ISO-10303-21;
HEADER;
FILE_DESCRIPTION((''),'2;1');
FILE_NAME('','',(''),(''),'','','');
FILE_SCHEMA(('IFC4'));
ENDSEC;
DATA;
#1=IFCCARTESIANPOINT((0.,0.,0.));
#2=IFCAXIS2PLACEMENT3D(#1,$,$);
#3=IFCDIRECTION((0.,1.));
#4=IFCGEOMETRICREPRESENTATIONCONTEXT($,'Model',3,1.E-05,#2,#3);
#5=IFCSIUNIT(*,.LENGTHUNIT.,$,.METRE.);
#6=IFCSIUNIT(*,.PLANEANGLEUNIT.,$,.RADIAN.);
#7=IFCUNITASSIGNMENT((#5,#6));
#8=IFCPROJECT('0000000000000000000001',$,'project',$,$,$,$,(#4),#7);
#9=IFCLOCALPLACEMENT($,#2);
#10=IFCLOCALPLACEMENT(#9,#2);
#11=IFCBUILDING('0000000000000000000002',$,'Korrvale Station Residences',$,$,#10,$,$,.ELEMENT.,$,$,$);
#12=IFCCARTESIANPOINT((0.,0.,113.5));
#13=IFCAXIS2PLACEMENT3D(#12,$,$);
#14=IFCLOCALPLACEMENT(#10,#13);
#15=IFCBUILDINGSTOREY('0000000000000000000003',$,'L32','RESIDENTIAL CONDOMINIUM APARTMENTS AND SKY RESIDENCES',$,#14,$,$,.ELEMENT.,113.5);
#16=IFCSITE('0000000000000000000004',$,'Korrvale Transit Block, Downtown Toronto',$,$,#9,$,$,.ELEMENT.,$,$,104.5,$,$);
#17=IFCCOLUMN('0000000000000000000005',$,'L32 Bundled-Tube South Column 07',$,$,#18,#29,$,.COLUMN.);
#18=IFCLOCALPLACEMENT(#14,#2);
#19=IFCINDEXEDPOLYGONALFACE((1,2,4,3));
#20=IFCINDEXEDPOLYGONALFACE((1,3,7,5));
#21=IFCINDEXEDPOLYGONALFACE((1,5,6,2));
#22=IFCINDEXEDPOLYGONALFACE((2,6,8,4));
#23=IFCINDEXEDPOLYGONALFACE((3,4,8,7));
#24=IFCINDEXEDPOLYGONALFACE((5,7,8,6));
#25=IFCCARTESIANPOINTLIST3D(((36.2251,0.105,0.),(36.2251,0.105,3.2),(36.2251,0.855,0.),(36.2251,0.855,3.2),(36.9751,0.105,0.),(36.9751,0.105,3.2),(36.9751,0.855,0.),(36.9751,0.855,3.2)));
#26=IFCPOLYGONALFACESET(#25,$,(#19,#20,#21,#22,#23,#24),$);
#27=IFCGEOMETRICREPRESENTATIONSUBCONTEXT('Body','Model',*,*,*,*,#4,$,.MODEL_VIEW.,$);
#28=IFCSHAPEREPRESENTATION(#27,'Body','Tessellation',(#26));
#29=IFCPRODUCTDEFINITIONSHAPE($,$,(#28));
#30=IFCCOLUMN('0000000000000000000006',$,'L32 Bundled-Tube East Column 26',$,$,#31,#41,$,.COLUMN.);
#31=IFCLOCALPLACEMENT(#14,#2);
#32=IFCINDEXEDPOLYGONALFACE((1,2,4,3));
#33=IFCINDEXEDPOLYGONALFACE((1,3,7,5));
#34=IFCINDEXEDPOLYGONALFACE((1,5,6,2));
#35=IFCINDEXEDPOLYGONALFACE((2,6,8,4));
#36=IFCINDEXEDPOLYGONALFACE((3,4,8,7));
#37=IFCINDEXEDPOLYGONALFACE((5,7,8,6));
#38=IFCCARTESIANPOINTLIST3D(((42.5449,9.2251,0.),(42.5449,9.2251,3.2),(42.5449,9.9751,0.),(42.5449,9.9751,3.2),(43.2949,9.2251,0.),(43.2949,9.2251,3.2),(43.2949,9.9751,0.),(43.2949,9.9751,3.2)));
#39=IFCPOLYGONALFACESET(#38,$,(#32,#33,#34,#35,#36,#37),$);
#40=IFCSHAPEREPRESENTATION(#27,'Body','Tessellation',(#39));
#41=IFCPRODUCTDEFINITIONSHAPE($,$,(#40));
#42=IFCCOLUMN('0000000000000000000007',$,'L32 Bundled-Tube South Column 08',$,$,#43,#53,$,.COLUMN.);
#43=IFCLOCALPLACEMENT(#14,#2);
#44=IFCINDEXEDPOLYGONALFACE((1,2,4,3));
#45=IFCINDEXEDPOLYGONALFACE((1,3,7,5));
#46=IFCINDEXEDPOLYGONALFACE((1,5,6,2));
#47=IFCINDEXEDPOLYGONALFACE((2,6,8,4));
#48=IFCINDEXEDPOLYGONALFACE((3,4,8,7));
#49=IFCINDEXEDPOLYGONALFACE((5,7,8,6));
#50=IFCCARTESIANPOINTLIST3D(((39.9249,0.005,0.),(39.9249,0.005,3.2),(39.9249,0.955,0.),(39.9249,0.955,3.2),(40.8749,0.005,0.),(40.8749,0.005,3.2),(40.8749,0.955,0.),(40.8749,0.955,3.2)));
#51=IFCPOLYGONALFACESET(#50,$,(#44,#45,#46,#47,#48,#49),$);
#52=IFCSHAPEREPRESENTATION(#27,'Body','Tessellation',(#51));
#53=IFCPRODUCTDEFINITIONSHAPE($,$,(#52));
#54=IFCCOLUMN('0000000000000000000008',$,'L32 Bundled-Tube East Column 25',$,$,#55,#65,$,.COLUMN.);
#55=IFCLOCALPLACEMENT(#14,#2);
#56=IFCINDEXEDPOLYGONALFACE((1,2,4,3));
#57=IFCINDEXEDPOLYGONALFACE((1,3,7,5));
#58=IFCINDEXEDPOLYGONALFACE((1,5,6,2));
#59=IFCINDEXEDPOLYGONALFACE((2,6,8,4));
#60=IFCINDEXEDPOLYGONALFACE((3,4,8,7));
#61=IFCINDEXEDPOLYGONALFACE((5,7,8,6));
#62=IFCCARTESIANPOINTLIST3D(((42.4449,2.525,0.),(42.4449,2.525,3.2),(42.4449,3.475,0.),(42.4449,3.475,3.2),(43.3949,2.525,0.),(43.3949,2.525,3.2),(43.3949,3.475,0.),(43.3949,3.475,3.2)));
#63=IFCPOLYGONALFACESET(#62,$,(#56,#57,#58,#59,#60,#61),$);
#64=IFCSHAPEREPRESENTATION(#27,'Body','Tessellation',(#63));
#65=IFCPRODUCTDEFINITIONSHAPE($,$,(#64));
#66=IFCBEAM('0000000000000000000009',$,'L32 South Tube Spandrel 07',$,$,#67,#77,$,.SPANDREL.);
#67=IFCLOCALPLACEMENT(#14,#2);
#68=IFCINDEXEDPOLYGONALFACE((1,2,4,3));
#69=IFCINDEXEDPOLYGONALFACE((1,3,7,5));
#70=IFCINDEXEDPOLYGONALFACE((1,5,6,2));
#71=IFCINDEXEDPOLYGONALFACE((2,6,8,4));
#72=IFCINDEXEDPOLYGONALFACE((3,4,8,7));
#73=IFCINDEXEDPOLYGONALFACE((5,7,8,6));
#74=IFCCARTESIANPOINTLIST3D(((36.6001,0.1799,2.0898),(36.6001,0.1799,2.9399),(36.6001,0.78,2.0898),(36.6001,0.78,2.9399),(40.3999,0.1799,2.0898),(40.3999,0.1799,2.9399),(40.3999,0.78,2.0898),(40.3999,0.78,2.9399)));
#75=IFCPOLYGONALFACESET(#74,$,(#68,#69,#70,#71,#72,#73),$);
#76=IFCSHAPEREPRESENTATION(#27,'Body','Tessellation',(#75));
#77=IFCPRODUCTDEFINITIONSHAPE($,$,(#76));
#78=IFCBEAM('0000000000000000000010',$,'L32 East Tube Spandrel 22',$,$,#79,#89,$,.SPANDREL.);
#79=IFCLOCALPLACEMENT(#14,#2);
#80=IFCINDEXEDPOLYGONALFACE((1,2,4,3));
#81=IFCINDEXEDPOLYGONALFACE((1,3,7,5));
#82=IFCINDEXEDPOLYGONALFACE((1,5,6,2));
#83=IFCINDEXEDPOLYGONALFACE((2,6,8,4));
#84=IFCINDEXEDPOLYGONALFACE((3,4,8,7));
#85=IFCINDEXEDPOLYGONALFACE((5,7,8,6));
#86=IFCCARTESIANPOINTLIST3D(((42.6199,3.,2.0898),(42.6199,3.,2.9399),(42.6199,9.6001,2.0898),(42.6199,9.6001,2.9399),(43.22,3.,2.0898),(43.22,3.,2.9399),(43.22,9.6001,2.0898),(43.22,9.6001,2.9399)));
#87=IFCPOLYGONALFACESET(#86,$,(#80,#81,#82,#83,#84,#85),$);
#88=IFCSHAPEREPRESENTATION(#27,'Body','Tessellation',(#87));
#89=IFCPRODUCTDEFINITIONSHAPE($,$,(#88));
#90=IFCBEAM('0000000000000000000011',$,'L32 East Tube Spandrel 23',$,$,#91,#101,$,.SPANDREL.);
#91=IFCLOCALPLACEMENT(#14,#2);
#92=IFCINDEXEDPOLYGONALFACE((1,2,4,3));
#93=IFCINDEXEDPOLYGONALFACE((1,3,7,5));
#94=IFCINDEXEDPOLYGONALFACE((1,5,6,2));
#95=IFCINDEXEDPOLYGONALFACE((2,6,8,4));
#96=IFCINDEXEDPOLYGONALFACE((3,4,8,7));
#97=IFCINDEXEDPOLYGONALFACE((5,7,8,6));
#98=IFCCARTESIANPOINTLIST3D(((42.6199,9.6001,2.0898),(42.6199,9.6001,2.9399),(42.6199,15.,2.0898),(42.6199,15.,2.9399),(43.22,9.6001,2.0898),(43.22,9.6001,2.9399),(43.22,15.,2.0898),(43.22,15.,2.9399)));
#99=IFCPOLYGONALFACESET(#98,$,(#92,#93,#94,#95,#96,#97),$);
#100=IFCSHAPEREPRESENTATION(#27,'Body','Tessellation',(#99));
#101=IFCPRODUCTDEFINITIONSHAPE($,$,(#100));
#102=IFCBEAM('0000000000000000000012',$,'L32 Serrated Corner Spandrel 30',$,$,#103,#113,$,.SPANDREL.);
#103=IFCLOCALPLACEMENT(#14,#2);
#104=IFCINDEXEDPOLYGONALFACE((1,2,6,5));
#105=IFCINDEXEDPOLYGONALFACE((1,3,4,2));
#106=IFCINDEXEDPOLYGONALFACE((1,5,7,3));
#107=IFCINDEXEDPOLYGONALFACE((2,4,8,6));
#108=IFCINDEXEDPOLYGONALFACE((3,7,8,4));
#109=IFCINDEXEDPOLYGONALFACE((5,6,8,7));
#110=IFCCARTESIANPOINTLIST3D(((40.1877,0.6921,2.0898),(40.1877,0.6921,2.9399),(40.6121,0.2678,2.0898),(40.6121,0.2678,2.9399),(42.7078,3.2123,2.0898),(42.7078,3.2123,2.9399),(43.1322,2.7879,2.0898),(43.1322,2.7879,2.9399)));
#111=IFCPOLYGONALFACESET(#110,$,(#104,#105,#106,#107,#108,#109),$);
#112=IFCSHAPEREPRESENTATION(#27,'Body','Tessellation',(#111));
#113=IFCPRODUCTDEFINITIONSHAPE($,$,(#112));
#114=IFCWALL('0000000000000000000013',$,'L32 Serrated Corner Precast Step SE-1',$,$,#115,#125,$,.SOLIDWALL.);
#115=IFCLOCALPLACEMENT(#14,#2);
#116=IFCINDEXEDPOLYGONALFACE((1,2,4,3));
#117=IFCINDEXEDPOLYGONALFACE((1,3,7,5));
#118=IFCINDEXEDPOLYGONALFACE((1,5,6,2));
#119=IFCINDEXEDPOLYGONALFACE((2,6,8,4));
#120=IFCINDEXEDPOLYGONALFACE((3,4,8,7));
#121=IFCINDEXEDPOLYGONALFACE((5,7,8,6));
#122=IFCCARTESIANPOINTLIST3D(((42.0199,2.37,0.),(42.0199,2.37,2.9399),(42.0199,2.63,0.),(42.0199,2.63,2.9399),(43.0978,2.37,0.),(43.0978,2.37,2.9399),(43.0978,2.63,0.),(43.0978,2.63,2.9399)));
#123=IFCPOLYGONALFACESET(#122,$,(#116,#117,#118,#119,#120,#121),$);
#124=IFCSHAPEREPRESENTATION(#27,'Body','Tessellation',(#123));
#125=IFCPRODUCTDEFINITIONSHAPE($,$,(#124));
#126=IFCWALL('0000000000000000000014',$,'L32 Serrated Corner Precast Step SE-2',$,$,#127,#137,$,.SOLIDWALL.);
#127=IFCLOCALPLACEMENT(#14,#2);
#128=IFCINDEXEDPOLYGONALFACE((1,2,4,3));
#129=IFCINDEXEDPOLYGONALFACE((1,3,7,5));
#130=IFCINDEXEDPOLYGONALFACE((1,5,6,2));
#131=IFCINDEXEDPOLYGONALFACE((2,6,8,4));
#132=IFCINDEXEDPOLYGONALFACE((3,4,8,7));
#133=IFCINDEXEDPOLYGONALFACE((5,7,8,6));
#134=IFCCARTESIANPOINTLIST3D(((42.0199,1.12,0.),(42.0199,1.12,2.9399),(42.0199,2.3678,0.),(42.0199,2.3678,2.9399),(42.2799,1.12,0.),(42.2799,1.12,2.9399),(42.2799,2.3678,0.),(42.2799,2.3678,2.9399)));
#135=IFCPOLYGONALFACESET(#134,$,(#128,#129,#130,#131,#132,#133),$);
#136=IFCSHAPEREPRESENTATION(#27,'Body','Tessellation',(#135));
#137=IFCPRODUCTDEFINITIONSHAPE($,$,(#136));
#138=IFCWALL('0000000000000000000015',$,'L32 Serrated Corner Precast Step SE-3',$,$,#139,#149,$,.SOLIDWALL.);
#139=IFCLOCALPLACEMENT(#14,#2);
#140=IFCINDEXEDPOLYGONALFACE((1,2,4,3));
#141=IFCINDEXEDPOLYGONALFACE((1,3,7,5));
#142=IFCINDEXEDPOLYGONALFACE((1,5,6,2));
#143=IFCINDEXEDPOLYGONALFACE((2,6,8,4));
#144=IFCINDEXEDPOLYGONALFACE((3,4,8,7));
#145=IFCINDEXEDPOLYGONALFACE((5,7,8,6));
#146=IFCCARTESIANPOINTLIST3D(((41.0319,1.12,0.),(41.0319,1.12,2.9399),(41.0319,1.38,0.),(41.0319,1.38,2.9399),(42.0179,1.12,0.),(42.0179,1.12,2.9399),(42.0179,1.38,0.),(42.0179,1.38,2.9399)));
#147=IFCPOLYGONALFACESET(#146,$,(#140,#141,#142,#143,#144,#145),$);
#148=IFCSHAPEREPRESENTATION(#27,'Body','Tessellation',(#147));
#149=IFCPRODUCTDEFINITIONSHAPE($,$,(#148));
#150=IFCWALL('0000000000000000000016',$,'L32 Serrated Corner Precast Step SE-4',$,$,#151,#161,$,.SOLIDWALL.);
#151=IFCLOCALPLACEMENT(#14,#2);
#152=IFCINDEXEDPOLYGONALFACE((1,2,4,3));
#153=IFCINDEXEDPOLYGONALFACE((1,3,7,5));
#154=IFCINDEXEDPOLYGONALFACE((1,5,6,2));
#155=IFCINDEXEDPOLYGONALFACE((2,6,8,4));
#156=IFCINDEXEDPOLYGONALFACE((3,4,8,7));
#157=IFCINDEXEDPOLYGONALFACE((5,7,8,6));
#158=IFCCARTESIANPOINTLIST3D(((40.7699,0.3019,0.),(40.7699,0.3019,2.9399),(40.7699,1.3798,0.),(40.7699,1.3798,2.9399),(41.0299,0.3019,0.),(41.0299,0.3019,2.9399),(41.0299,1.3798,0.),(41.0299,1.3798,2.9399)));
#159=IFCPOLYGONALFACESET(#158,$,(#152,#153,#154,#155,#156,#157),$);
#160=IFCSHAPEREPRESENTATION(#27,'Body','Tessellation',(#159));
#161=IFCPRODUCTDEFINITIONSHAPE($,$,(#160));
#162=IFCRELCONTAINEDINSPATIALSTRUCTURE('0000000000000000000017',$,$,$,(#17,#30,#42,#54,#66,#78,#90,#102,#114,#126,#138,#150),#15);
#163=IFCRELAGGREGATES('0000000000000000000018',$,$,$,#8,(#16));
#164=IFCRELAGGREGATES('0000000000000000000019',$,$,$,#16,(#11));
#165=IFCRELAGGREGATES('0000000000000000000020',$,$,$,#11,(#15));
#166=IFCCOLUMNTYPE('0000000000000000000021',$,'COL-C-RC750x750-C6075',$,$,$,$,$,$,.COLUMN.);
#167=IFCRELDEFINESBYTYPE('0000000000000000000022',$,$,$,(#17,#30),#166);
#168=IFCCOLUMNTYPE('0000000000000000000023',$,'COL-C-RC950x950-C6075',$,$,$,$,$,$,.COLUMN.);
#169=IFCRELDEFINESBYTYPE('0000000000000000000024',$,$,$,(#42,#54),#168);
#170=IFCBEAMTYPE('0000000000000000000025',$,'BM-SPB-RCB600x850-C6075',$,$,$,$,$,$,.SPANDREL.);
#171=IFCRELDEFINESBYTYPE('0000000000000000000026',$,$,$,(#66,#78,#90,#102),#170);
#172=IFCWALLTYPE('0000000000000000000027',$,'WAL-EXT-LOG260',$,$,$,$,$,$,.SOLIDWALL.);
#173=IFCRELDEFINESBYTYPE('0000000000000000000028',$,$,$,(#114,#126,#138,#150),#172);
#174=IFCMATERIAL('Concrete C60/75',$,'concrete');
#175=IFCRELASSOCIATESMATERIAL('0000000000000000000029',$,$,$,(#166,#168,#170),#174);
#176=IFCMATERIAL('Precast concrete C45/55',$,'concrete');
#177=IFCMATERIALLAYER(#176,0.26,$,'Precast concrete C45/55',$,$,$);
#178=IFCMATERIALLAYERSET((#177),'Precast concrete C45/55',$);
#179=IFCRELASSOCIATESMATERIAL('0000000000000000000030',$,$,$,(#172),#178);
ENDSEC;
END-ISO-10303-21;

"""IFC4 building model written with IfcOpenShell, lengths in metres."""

from ifc_helpers import new_model, si_unit, direction, frame, frame_2d, origin, origin_2d, place, context, subcontext, project, spatial, rectangle, extrude, material, layer, layer_set, material_profile, profile_set, type_object, element, save


model = new_model("IFC4")

# Units and contexts
model_context = context("Model", 3, precision=1e-05, world=origin(), true_north=direction((0.0, 1.0)))
body_context = subcontext(model_context, "Body", "Model", "MODEL_VIEW")
ifc_project = project(units=[si_unit("LENGTHUNIT", "METRE"), si_unit("PLANEANGLEUNIT", "RADIAN")], contexts=[model_context])

# Site, building, storey
site_placement = place(None, origin())
site = spatial("IfcSite", under=ifc_project, at=site_placement, Name="Korrvale Transit Block, Downtown Toronto", CompositionType="ELEMENT", RefElevation=104.5)
building_placement = place(site_placement, origin())
building = spatial("IfcBuilding", under=site, at=building_placement, Name="Korrvale Station Residences", CompositionType="ELEMENT")
storey_placement = place(building_placement, frame((0.0, 0.0, 113.5)))
storey = spatial("IfcBuildingStorey", under=building, at=storey_placement, Name="L32", Description="RESIDENTIAL CONDOMINIUM APARTMENTS AND SKY RESIDENCES", CompositionType="ELEMENT", Elevation=113.5)

# Columns
ifc_material_1 = material(Name="Concrete C60/75", Category="concrete")
ifc_material_profile_1 = material_profile(ifc_material_1, rectangle(XDim=0.75, YDim=0.75, at=origin_2d()), Name="RC750x750")
ifc_profile_set_1 = profile_set([ifc_material_profile_1], Name="Concrete C60/75")
column_type_1 = type_object("IfcColumnType", Name="COL-C-RC750x750-C6075", PredefinedType="COLUMN", material=ifc_profile_set_1)
for number, where, z_axis, x_axis, name in (
    (1, (36.6001, 0.48, 0.0), (0.0, 0.0, 1.0), (1.0, 0.0, 0.0), "L32 Bundled-Tube South Column 07"),
    (2, (42.9199, 9.6001, 0.0), (0.0, 0.0, 1.0), (1.0, 0.0, 0.0), "L32 Bundled-Tube East Column 26"),
):
    element("IfcColumn", number, at=place(storey_placement, frame(where, z_axis=z_axis, x_axis=x_axis)), inside=storey, type_object=column_type_1, Name=name, PredefinedType="COLUMN", context=body_context, shape_type="SweptSolid", body=[
        extrude(rectangle(XDim=0.75, YDim=0.75, at=origin_2d()), origin(), (0.0, 0.0, 1.0), 3.2),
    ])
ifc_material_profile_2 = material_profile(ifc_material_1, rectangle(XDim=0.95, YDim=0.95, at=origin_2d()), Name="RC950x950")
ifc_profile_set_2 = profile_set([ifc_material_profile_2], Name="Concrete C60/75")
column_type_2 = type_object("IfcColumnType", Name="COL-C-RC950x950-C6075", PredefinedType="COLUMN", material=ifc_profile_set_2)
for number, where, z_axis, x_axis, name in (
    (3, (40.3999, 0.48, 0.0), (0.0, 0.0, 1.0), (1.0, 0.0, 0.0), "L32 Bundled-Tube South Column 08"),
    (4, (42.9199, 3.0, 0.0), (0.0, 0.0, 1.0), (1.0, 0.0, 0.0), "L32 Bundled-Tube East Column 25"),
):
    element("IfcColumn", number, at=place(storey_placement, frame(where, z_axis=z_axis, x_axis=x_axis)), inside=storey, type_object=column_type_2, Name=name, PredefinedType="COLUMN", context=body_context, shape_type="SweptSolid", body=[
        extrude(rectangle(XDim=0.95, YDim=0.95, at=origin_2d()), origin(), (0.0, 0.0, 1.0), 3.2),
    ])

# Beams
ifc_material_profile_3 = material_profile(ifc_material_1, rectangle(XDim=0.6001, YDim=0.8501, at=origin_2d()), Name="RCB600x850")
ifc_profile_set_3 = profile_set([ifc_material_profile_3], Name="Concrete C60/75")
beam_type = type_object("IfcBeamType", Name="BM-SPB-RCB600x850-C6075", PredefinedType="SPANDREL", material=ifc_profile_set_3)
beam_1_placement = place(storey_placement, frame((36.6001, 0.48, 2.5149), z_axis=(1.0, 0.0, 0.0), x_axis=(0.0, 1.0, 0.0)))
element("IfcBeam", 5, at=beam_1_placement, inside=storey, type_object=beam_type, Name="L32 South Tube Spandrel 07", PredefinedType="SPANDREL", context=body_context, shape_type="SweptSolid", body=[
    extrude(rectangle(XDim=0.6001, YDim=0.8501, at=origin_2d()), origin(), (0.0, 0.0, 1.0), 3.7998),
])
beam_2_placement = place(storey_placement, frame((42.9199, 3.0, 2.5149), z_axis=(0.0, 1.0, 0.0), x_axis=(-1.0, 0.0, 0.0)))
element("IfcBeam", 6, at=beam_2_placement, inside=storey, type_object=beam_type, Name="L32 East Tube Spandrel 22", PredefinedType="SPANDREL", context=body_context, shape_type="SweptSolid", body=[
    extrude(rectangle(XDim=0.6001, YDim=0.8501, at=origin_2d()), origin(), (0.0, 0.0, 1.0), 6.6001),
])
beam_3_placement = place(storey_placement, frame((42.9199, 9.6001, 2.5149), z_axis=(0.0, 1.0, 0.0), x_axis=(-1.0, 0.0, 0.0)))
element("IfcBeam", 7, at=beam_3_placement, inside=storey, type_object=beam_type, Name="L32 East Tube Spandrel 23", PredefinedType="SPANDREL", context=body_context, shape_type="SweptSolid", body=[
    extrude(rectangle(XDim=0.6001, YDim=0.8501, at=origin_2d()), origin(), (0.0, 0.0, 1.0), 5.3999),
])
beam_4_placement = place(storey_placement, frame((40.3999, 0.48, 2.5149), z_axis=(0.707107, 0.707107, 0.0), x_axis=(-0.707107, 0.707107, 0.0)))
element("IfcBeam", 8, at=beam_4_placement, inside=storey, type_object=beam_type, Name="L32 Serrated Corner Spandrel 30", PredefinedType="SPANDREL", context=body_context, shape_type="SweptSolid", body=[
    extrude(rectangle(XDim=0.6001, YDim=0.8501, at=origin_2d()), origin(), (0.0, 0.0, 1.0), 3.564),
])

# Walls
ifc_material_2 = material(Name="Precast concrete C45/55", Category="concrete")
ifc_layer_1 = layer(ifc_material_2, 0.26, Name="Precast concrete C45/55")
ifc_layer_set_1 = layer_set([ifc_layer_1], Name="Precast concrete C45/55")
wall_type_1 = type_object("IfcWallType", Name="WAL-EXT-LOG260", PredefinedType="SOLIDWALL", material=ifc_layer_set_1)
wall_1_placement = place(storey_placement, frame((43.0979, 2.5, 0.0), z_axis=(0.0, 0.0, 1.0), x_axis=(-1.0, 0.0, 0.0)))
element("IfcWall", 9, at=wall_1_placement, inside=storey, type_object=wall_type_1, Name="L32 Serrated Corner Precast Step SE-1", PredefinedType="SOLIDWALL", context=body_context, shape_type="SweptSolid", body=[
    extrude(rectangle(XDim=1.0779, YDim=0.26, at=frame_2d((0.5391, 0.0))), origin(), (0.0, 0.0, 1.0), 2.9399),
])
wall_2_placement = place(storey_placement, frame((42.1499, 2.3679, 0.0), z_axis=(0.0, 0.0, 1.0), x_axis=(0.0, -1.0, 0.0)))
element("IfcWall", 10, at=wall_2_placement, inside=storey, type_object=wall_type_1, Name="L32 Serrated Corner Precast Step SE-2", PredefinedType="SOLIDWALL", context=body_context, shape_type="SweptSolid", body=[
    extrude(rectangle(XDim=1.2478, YDim=0.26, at=frame_2d((0.624, 0.0))), origin(), (0.0, 0.0, 1.0), 2.9399),
])
wall_3_placement = place(storey_placement, frame((42.0181, 1.25, 0.0), z_axis=(0.0, 0.0, 1.0), x_axis=(-1.0, 0.0, 0.0)))
element("IfcWall", 11, at=wall_3_placement, inside=storey, type_object=wall_type_1, Name="L32 Serrated Corner Precast Step SE-3", PredefinedType="SOLIDWALL", context=body_context, shape_type="SweptSolid", body=[
    extrude(rectangle(XDim=0.9861, YDim=0.26, at=frame_2d((0.4932, 0.0))), origin(), (0.0, 0.0, 1.0), 2.9399),
])
wall_4_placement = place(storey_placement, frame((40.8999, 1.3799, 0.0), z_axis=(0.0, 0.0, 1.0), x_axis=(0.0, -1.0, 0.0)))
element("IfcWall", 12, at=wall_4_placement, inside=storey, type_object=wall_type_1, Name="L32 Serrated Corner Precast Step SE-4", PredefinedType="SOLIDWALL", context=body_context, shape_type="SweptSolid", body=[
    extrude(rectangle(XDim=1.0779, YDim=0.26, at=frame_2d((0.5391, 0.0))), origin(), (0.0, 0.0, 1.0), 2.9399),
])

save(model, "model.ifc")
